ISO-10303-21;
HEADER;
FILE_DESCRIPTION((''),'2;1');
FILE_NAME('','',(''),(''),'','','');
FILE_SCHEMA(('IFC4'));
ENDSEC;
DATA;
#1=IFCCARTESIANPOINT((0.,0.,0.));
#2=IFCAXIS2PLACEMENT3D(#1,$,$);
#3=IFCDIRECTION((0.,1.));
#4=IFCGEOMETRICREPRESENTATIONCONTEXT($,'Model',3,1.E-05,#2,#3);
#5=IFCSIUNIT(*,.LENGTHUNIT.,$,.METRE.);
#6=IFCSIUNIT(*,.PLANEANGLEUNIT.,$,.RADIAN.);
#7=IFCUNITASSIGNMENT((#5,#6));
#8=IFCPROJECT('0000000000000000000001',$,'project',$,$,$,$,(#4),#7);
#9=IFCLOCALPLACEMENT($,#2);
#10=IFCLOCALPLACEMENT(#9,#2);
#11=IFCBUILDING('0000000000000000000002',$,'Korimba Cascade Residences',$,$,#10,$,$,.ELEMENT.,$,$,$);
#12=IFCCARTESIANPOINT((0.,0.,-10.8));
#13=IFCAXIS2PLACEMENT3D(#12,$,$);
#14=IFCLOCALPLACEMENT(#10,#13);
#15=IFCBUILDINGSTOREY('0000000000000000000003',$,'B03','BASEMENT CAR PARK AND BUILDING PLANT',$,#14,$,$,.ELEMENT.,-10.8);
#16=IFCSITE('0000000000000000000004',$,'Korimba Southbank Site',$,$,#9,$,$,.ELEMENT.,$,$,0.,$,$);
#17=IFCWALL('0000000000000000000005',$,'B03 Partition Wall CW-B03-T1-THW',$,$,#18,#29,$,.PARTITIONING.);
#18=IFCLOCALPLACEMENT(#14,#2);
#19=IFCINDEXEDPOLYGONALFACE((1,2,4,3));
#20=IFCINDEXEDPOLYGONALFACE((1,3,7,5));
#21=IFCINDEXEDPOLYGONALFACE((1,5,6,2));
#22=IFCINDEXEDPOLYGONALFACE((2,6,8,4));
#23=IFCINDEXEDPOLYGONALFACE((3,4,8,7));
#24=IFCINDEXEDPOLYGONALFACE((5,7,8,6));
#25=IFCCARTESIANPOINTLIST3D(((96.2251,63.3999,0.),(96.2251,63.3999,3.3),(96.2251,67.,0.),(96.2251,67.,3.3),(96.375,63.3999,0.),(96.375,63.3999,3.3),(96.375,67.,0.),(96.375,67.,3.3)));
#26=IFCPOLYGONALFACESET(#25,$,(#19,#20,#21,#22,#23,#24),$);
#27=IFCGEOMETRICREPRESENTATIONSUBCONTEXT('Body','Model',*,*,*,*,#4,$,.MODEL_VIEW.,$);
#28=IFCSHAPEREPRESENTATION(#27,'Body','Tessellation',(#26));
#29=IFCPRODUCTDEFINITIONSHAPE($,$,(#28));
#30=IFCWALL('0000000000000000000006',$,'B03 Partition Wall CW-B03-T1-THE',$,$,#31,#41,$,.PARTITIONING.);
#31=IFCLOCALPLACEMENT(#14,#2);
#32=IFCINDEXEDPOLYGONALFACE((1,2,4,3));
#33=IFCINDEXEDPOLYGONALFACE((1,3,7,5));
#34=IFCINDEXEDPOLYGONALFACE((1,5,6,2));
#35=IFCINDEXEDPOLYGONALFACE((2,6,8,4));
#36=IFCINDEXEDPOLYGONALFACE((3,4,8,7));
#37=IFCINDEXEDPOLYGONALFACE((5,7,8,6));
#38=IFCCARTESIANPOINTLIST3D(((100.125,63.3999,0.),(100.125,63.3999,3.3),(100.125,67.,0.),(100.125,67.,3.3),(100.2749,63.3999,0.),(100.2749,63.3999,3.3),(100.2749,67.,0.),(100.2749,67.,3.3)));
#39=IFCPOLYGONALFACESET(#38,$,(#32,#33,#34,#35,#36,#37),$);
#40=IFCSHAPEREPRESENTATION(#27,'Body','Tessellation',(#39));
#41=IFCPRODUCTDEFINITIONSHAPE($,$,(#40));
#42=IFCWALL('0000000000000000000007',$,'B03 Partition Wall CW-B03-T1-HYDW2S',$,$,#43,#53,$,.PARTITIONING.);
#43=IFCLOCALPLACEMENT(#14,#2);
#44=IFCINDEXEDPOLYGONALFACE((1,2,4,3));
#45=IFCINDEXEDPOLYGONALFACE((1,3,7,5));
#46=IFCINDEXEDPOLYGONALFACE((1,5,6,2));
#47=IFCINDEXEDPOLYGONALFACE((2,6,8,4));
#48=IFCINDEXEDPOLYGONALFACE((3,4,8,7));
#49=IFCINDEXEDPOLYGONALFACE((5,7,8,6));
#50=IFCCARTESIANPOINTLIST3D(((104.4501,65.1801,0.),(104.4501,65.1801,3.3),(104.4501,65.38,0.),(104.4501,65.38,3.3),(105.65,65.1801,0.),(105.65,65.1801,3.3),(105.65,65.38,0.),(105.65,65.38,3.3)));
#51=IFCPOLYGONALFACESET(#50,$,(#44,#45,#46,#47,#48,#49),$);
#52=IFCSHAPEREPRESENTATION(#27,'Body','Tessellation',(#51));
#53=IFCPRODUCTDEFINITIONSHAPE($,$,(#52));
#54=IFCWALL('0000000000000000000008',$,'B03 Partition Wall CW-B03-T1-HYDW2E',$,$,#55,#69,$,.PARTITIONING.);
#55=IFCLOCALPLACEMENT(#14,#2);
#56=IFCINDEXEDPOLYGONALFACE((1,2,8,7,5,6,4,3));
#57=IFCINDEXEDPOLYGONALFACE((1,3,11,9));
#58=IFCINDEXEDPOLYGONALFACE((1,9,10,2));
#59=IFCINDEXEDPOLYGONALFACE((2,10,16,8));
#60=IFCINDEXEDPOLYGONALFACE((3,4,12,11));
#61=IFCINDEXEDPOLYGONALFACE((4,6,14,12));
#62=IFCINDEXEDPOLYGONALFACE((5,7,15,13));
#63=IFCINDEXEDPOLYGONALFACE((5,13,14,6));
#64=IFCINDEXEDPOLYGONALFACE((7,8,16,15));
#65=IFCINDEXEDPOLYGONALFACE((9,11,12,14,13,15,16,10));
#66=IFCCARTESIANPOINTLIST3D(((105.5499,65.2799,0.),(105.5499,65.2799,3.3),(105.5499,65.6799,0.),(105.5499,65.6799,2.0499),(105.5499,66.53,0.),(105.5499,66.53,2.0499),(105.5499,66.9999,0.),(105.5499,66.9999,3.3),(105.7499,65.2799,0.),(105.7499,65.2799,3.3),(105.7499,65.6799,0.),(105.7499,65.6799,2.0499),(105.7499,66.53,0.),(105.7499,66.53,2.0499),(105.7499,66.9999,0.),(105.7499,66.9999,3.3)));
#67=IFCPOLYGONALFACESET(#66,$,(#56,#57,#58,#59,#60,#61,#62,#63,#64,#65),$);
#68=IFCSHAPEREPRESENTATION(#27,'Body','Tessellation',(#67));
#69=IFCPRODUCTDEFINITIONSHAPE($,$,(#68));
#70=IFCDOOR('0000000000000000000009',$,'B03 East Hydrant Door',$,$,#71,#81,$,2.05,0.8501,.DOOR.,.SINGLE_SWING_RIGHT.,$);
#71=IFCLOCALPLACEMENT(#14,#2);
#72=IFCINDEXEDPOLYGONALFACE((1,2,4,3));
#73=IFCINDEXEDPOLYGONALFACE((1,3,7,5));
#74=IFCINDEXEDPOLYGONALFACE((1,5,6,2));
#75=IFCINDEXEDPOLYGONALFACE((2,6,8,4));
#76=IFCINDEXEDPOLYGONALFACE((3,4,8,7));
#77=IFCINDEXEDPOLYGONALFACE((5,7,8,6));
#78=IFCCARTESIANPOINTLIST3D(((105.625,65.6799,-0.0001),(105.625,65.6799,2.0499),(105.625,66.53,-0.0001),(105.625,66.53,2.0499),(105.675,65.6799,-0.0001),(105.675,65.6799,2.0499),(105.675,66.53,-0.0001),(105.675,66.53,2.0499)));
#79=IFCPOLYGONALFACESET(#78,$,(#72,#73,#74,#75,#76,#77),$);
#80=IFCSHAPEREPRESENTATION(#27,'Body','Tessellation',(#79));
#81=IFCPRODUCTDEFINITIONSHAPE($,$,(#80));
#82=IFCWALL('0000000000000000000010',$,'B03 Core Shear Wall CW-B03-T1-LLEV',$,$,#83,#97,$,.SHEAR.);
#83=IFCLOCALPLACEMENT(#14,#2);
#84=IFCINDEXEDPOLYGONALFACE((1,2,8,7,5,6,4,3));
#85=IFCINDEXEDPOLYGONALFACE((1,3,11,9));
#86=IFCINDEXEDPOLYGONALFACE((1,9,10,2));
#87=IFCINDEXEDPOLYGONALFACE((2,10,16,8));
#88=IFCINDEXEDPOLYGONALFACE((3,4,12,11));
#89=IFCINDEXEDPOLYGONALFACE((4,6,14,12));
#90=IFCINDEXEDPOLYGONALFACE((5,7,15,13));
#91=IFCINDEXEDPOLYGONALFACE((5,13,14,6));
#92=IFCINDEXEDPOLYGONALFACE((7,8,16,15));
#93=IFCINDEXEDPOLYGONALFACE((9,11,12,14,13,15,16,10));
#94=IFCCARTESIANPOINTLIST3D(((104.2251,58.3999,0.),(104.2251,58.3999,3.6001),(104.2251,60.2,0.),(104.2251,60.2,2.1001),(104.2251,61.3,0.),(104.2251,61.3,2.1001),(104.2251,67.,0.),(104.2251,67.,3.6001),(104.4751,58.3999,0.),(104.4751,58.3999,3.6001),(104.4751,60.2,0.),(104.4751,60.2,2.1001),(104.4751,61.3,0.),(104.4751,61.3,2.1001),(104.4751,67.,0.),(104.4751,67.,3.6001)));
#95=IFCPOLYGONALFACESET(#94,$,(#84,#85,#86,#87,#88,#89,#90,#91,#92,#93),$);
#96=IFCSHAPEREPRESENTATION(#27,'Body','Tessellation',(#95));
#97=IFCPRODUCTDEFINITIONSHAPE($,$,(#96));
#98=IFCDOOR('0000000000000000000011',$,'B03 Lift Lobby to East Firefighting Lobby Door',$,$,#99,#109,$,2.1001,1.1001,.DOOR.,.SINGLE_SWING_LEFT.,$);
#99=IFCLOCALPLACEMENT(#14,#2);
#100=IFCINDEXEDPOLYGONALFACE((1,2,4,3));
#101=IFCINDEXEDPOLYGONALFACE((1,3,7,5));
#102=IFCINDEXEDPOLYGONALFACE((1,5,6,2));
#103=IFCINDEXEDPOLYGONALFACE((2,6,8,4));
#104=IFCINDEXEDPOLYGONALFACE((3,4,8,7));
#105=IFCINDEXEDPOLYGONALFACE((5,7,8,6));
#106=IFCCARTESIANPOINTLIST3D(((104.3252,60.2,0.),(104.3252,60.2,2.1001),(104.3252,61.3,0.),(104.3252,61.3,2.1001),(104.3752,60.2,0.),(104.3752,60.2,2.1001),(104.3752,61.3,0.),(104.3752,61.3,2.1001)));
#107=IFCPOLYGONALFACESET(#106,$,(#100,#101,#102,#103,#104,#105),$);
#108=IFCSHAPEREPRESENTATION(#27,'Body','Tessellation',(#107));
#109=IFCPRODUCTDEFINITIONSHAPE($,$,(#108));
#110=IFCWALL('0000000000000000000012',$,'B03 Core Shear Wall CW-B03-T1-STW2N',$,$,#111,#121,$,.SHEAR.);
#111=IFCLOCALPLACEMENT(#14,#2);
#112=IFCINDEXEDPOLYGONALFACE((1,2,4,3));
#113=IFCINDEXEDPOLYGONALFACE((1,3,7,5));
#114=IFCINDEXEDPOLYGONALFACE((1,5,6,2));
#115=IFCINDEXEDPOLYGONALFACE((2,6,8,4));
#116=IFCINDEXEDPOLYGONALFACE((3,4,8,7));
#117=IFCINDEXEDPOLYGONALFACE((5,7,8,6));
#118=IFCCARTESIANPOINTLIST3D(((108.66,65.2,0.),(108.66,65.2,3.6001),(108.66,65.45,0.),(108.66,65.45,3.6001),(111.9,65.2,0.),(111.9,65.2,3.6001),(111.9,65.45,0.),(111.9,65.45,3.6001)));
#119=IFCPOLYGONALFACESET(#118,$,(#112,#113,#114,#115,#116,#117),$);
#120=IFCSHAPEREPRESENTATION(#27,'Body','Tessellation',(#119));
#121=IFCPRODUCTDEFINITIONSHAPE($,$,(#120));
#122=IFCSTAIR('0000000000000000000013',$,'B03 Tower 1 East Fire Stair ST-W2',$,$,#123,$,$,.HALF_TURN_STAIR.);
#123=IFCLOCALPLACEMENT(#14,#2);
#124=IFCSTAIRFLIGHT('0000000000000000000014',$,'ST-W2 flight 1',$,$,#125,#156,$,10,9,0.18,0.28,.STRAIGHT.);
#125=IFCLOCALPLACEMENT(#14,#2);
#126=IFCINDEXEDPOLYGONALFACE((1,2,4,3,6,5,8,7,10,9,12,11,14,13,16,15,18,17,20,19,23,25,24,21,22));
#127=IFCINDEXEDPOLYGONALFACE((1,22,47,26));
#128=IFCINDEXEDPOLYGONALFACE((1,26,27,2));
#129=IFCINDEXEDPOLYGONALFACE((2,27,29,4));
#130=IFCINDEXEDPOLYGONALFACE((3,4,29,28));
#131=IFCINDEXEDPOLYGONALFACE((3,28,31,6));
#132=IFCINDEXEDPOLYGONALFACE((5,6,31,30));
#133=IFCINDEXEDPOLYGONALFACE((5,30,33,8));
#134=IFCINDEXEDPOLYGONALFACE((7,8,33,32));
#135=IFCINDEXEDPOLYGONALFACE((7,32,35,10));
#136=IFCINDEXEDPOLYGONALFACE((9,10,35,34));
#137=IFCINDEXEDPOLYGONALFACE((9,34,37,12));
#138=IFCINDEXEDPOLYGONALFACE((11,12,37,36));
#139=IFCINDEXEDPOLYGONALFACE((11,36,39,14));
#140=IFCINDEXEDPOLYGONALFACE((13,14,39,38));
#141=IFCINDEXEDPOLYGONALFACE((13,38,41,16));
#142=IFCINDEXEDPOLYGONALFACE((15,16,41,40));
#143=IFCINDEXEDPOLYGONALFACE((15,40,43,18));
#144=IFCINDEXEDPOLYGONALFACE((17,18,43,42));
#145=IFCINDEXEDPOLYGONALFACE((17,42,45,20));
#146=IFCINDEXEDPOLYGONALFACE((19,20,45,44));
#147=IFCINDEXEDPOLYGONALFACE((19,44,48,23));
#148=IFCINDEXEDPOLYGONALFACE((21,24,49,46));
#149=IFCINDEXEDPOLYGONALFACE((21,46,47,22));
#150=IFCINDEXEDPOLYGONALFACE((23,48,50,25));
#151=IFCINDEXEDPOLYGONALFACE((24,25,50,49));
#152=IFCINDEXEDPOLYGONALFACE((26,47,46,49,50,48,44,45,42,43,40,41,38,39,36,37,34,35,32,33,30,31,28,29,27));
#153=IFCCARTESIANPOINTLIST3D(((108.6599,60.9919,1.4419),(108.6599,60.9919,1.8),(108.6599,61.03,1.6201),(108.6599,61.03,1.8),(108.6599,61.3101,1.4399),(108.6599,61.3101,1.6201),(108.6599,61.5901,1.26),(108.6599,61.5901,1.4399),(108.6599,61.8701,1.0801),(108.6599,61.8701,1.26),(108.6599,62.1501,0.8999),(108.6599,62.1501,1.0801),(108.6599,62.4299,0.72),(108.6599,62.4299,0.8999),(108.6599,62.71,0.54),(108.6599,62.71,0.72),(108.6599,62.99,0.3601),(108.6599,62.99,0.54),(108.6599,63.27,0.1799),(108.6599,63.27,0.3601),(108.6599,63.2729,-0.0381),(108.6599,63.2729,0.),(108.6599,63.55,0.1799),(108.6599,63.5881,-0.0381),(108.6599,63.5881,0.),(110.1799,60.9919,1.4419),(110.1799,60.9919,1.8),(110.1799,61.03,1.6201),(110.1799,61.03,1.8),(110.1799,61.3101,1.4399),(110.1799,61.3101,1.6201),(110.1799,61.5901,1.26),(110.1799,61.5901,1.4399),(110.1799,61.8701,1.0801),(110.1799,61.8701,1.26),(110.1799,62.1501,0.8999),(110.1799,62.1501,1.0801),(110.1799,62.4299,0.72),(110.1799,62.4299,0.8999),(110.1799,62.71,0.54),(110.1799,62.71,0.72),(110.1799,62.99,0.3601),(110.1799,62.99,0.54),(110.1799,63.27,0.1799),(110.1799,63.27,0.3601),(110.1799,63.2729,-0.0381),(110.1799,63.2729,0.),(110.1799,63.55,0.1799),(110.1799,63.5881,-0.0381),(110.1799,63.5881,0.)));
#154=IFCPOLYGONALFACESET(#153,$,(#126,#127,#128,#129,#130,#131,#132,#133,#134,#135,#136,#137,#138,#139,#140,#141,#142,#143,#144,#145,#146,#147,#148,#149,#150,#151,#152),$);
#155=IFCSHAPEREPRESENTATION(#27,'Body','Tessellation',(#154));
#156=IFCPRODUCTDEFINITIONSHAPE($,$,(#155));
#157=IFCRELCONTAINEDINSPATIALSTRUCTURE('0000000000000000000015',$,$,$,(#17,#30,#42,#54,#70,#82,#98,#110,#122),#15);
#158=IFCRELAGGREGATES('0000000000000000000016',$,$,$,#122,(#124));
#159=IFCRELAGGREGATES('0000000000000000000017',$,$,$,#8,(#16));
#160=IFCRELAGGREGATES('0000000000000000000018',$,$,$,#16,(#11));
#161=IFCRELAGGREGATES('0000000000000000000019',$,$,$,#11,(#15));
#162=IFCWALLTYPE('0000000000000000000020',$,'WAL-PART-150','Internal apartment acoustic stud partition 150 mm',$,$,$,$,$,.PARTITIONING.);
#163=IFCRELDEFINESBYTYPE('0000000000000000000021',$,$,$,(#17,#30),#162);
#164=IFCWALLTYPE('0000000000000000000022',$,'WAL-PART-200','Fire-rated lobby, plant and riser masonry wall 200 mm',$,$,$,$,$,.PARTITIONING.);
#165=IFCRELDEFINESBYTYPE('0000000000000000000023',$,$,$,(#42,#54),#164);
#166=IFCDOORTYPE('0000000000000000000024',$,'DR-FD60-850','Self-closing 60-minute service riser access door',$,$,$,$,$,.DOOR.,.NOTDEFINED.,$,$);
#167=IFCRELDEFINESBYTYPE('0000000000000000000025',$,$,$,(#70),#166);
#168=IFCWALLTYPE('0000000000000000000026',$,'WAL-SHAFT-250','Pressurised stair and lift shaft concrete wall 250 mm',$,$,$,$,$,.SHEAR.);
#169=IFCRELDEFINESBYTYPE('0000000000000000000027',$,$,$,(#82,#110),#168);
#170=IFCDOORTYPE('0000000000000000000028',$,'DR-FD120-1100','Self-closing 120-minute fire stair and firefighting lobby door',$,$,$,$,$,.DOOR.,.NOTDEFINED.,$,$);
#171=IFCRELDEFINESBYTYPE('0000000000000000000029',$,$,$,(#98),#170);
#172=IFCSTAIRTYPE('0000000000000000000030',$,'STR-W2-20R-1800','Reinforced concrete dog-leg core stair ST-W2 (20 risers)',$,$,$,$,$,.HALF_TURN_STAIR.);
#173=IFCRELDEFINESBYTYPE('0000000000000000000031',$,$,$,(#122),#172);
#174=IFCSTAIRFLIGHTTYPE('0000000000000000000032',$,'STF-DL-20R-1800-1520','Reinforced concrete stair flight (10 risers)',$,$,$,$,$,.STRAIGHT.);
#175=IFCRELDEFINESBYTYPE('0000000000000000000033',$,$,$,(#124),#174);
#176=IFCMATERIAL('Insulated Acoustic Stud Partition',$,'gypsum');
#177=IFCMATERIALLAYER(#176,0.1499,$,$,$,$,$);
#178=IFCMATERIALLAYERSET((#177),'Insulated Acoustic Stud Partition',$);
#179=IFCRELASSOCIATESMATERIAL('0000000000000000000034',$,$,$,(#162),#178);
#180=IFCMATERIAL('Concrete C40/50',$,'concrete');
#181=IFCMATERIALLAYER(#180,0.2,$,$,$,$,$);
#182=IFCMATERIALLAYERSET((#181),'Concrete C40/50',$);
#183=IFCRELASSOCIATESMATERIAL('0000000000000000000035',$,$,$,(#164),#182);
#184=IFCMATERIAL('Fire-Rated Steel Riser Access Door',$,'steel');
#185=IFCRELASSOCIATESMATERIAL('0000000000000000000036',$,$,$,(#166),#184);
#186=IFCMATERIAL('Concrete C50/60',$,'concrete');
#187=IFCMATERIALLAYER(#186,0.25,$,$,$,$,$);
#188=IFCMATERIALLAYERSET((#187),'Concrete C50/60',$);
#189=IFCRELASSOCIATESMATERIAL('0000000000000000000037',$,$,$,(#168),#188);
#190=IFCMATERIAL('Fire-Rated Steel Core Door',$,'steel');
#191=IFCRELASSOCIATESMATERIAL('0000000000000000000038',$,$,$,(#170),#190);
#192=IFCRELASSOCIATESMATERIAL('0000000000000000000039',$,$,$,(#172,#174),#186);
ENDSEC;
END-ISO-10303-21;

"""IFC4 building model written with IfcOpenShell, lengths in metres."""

from ifc_helpers import new_model, si_unit, direction, frame, frame_2d, origin, place, context, subcontext, project, spatial, polyline, rectangle, outline, extrude, material, layer, layer_set, type_object, element, fill, aggregate, save


model = new_model("IFC4")

# Units and contexts
model_context = context("Model", 3, precision=1e-05, world=origin(), true_north=direction((0.0, 1.0)))
body_context = subcontext(model_context, "Body", "Model", "MODEL_VIEW")
ifc_project = project(units=[si_unit("LENGTHUNIT", "METRE"), si_unit("PLANEANGLEUNIT", "RADIAN")], contexts=[model_context])

# Site, building, storey
site_placement = place(None, origin())
site = spatial("IfcSite", under=ifc_project, at=site_placement, Name="Korimba Southbank Site", CompositionType="ELEMENT", RefElevation=0.0)
building_placement = place(site_placement, origin())
building = spatial("IfcBuilding", under=site, at=building_placement, Name="Korimba Cascade Residences", CompositionType="ELEMENT")
storey_placement = place(building_placement, frame((0.0, 0.0, -10.8)))
storey = spatial("IfcBuildingStorey", under=building, at=storey_placement, Name="B03", Description="BASEMENT CAR PARK AND BUILDING PLANT", CompositionType="ELEMENT", Elevation=-10.8)

# Shared definitions
ifc_material_1 = material(Name="Concrete C50/60", Category="concrete")

# Walls
ifc_material_2 = material(Name="Insulated Acoustic Stud Partition", Category="gypsum")
ifc_layer_1 = layer(ifc_material_2, 0.1499)
ifc_layer_set_1 = layer_set([ifc_layer_1], Name="Insulated Acoustic Stud Partition")
wall_type_1 = type_object("IfcWallType", Name="WAL-PART-150", Description="Internal apartment acoustic stud partition 150 mm", PredefinedType="PARTITIONING", material=ifc_layer_set_1)
for number, where, z_axis, x_axis, name in (
    (1, (96.3, 63.3999, 0.0), (0.0, 0.0, 1.0), (0.0, 1.0, 0.0), "B03 Partition Wall CW-B03-T1-THW"),
    (2, (100.2, 63.3999, 0.0), (0.0, 0.0, 1.0), (0.0, 1.0, 0.0), "B03 Partition Wall CW-B03-T1-THE"),
):
    element("IfcWall", number, at=place(storey_placement, frame(where, z_axis=z_axis, x_axis=x_axis)), inside=storey, type_object=wall_type_1, Name=name, PredefinedType="PARTITIONING", context=body_context, shape_type="SweptSolid", body=[
        extrude(rectangle(XDim=3.6001, YDim=0.1499, at=frame_2d((1.8, 0.0))), origin(), (0.0, 0.0, 1.0), 3.3),
    ])
ifc_material_3 = material(Name="Concrete C40/50", Category="concrete")
ifc_layer_2 = layer(ifc_material_3, 0.2)
ifc_layer_set_2 = layer_set([ifc_layer_2], Name="Concrete C40/50")
wall_type_2 = type_object("IfcWallType", Name="WAL-PART-200", Description="Fire-rated lobby, plant and riser masonry wall 200 mm", PredefinedType="PARTITIONING", material=ifc_layer_set_2)
wall_1_placement = place(storey_placement, frame((104.45, 65.28, 0.0), z_axis=(0.0, 0.0, 1.0), x_axis=(1.0, 0.0, 0.0)))
element("IfcWall", 3, at=wall_1_placement, inside=storey, type_object=wall_type_2, Name="B03 Partition Wall CW-B03-T1-HYDW2S", PredefinedType="PARTITIONING", context=body_context, shape_type="SweptSolid", body=[
    extrude(rectangle(XDim=1.2, YDim=0.2, at=frame_2d((0.6001, 0.0))), origin(), (0.0, 0.0, 1.0), 3.3),
])

# Walls, openings, doors
wall_2_placement = place(storey_placement, frame((105.6499, 65.28, 0.0), z_axis=(0.0, 0.0, 1.0), x_axis=(0.0, 1.0, 0.0)))
wall_2 = element("IfcWall", 4, at=wall_2_placement, inside=storey, type_object=wall_type_2, Name="B03 Partition Wall CW-B03-T1-HYDW2E", PredefinedType="PARTITIONING", context=body_context, shape_type="SweptSolid", body=[
    extrude(rectangle(XDim=1.72, YDim=0.2, at=frame_2d((0.8599, 0.0))), origin(), (0.0, 0.0, 1.0), 3.3),
])
opening_1_placement = place(wall_2_placement, frame((0.3999, 0.0, 0.0)))
opening_1 = element("IfcOpeningElement", 5, at=opening_1_placement, cuts=wall_2, PredefinedType="OPENING", context=body_context, shape_type="SweptSolid", body=[
    extrude(rectangle(XDim=0.8501, YDim=2.05, at=frame_2d((0.425, 1.0249))), frame((0.0, 0.1099, 0.0), z_axis=(0.0, -1.0, 0.0), x_axis=(1.0, 0.0, 0.0)), (0.0, 0.0, 1.0), 0.22),
])
ifc_material_4 = material(Name="Fire-Rated Steel Riser Access Door", Category="steel")
door_type_1 = type_object("IfcDoorType", Name="DR-FD60-850", Description="Self-closing 60-minute service riser access door", OperationType="NOTDEFINED", PredefinedType="DOOR", material=ifc_material_4)
door_1_placement = place(opening_1_placement, origin())
door_1 = element("IfcDoor", 6, at=door_1_placement, inside=storey, type_object=door_type_1, Name="B03 East Hydrant Door", OperationType="SINGLE_SWING_RIGHT", OverallHeight=2.05, OverallWidth=0.8501, PredefinedType="DOOR", context=body_context, shape_type="SweptSolid", body=[
    extrude(rectangle(XDim=0.8501, YDim=2.05, at=frame_2d((0.425, 1.0249))), frame((0.0, 0.0249, 0.0), z_axis=(0.0, -1.0, 0.0), x_axis=(1.0, 0.0, 0.0)), (0.0, 0.0, 1.0), 0.05),
])
fill(opening_1, door_1)
ifc_layer_3 = layer(ifc_material_1, 0.25)
ifc_layer_set_3 = layer_set([ifc_layer_3], Name="Concrete C50/60")
wall_type_3 = type_object("IfcWallType", Name="WAL-SHAFT-250", Description="Pressurised stair and lift shaft concrete wall 250 mm", PredefinedType="SHEAR", material=ifc_layer_set_3)
wall_3_placement = place(storey_placement, frame((104.3501, 58.3999, 0.0), z_axis=(0.0, 0.0, 1.0), x_axis=(0.0, 1.0, 0.0)))
wall_3 = element("IfcWall", 7, at=wall_3_placement, inside=storey, type_object=wall_type_3, Name="B03 Core Shear Wall CW-B03-T1-LLEV", PredefinedType="SHEAR", context=body_context, shape_type="SweptSolid", body=[
    extrude(rectangle(XDim=8.6001, YDim=0.25, at=frame_2d((4.3, 0.0))), origin(), (0.0, 0.0, 1.0), 3.6001),
])
opening_2_placement = place(wall_3_placement, frame((1.8, 0.0, 0.0)))
opening_2 = element("IfcOpeningElement", 8, at=opening_2_placement, cuts=wall_3, PredefinedType="OPENING", context=body_context, shape_type="SweptSolid", body=[
    extrude(rectangle(XDim=1.1001, YDim=2.1001, at=frame_2d((0.55, 1.05))), frame((0.0, 0.135, 0.0), z_axis=(0.0, -1.0, 0.0), x_axis=(1.0, 0.0, 0.0)), (0.0, 0.0, 1.0), 0.27),
])
ifc_material_5 = material(Name="Fire-Rated Steel Core Door", Category="steel")
door_type_2 = type_object("IfcDoorType", Name="DR-FD120-1100", Description="Self-closing 120-minute fire stair and firefighting lobby door", OperationType="NOTDEFINED", PredefinedType="DOOR", material=ifc_material_5)
door_2_placement = place(opening_2_placement, origin())
door_2 = element("IfcDoor", 9, at=door_2_placement, inside=storey, type_object=door_type_2, Name="B03 Lift Lobby to East Firefighting Lobby Door", OperationType="SINGLE_SWING_LEFT", OverallHeight=2.1001, OverallWidth=1.1001, PredefinedType="DOOR", context=body_context, shape_type="SweptSolid", body=[
    extrude(rectangle(XDim=1.1001, YDim=2.1001, at=frame_2d((0.55, 1.05))), frame((0.0, 0.0249, 0.0), z_axis=(0.0, -1.0, 0.0), x_axis=(1.0, 0.0, 0.0)), (0.0, 0.0, 1.0), 0.05),
])
fill(opening_2, door_2)

# Wall
wall_4_placement = place(storey_placement, frame((108.6599, 65.325, 0.0), z_axis=(0.0, 0.0, 1.0), x_axis=(1.0, 0.0, 0.0)))
element("IfcWall", 10, at=wall_4_placement, inside=storey, type_object=wall_type_3, Name="B03 Core Shear Wall CW-B03-T1-STW2N", PredefinedType="SHEAR", context=body_context, shape_type="SweptSolid", body=[
    extrude(rectangle(XDim=3.24, YDim=0.25, at=frame_2d((1.6201, 0.0))), origin(), (0.0, 0.0, 1.0), 3.6001),
])

# Stair, stair flight
stair_type = type_object("IfcStairType", Name="STR-W2-20R-1800", Description="Reinforced concrete dog-leg core stair ST-W2 (20 risers)", PredefinedType="HALF_TURN_STAIR", material=ifc_material_1)
stair_placement = place(storey_placement, origin())
stair = element("IfcStair", 11, at=stair_placement, inside=storey, type_object=stair_type, Name="B03 Tower 1 East Fire Stair ST-W2", PredefinedType="HALF_TURN_STAIR")
stair_flight_type = type_object("IfcStairFlightType", Name="STF-DL-20R-1800-1520", Description="Reinforced concrete stair flight (10 risers)", PredefinedType="STRAIGHT", material=ifc_material_1)
stair_flight_1_placement = place(storey_placement, frame((109.4199, 63.55, 0.0), z_axis=(0.0, 0.0, 1.0), x_axis=(0.0, -1.0, 0.0)))
stair_flight_1 = element("IfcStairFlight", 12, at=stair_flight_1_placement, type_object=stair_flight_type, Name="ST-W2 flight 1", NumberOfRisers=10, NumberOfTreads=9, PredefinedType="STRAIGHT", RiserHeight=0.18, TreadLength=0.28, context=body_context, shape_type="SweptSolid", body=[
    extrude(outline(polyline([(-0.0381, 0.0), (0.0, 0.1799), (0.28, 0.1799), (0.28, 0.3601), (0.5601, 0.3601), (0.5601, 0.54), (0.8401, 0.54), (0.8401, 0.72), (1.1201, 0.72), (1.1201, 0.8999), (1.3999, 0.8999), (1.3999, 1.0801), (1.6799, 1.0801), (1.6799, 1.26), (1.96, 1.26), (1.96, 1.4399), (2.24, 1.4399), (2.24, 1.6201), (2.52, 1.6201), (2.52, 1.8), (2.5581, 1.8), (2.5581, 1.4419), (0.2771, 0.0), (0.2771, -0.0381), (-0.0381, -0.0381), (-0.0381, 0.0)])), frame((0.0, 0.76, 0.0), z_axis=(0.0, -1.0, 0.0), x_axis=(1.0, 0.0, 0.0)), (0.0, 0.0, 1.0), 1.52),
])
aggregate(stair, [stair_flight_1])

save(model, "model.ifc")
